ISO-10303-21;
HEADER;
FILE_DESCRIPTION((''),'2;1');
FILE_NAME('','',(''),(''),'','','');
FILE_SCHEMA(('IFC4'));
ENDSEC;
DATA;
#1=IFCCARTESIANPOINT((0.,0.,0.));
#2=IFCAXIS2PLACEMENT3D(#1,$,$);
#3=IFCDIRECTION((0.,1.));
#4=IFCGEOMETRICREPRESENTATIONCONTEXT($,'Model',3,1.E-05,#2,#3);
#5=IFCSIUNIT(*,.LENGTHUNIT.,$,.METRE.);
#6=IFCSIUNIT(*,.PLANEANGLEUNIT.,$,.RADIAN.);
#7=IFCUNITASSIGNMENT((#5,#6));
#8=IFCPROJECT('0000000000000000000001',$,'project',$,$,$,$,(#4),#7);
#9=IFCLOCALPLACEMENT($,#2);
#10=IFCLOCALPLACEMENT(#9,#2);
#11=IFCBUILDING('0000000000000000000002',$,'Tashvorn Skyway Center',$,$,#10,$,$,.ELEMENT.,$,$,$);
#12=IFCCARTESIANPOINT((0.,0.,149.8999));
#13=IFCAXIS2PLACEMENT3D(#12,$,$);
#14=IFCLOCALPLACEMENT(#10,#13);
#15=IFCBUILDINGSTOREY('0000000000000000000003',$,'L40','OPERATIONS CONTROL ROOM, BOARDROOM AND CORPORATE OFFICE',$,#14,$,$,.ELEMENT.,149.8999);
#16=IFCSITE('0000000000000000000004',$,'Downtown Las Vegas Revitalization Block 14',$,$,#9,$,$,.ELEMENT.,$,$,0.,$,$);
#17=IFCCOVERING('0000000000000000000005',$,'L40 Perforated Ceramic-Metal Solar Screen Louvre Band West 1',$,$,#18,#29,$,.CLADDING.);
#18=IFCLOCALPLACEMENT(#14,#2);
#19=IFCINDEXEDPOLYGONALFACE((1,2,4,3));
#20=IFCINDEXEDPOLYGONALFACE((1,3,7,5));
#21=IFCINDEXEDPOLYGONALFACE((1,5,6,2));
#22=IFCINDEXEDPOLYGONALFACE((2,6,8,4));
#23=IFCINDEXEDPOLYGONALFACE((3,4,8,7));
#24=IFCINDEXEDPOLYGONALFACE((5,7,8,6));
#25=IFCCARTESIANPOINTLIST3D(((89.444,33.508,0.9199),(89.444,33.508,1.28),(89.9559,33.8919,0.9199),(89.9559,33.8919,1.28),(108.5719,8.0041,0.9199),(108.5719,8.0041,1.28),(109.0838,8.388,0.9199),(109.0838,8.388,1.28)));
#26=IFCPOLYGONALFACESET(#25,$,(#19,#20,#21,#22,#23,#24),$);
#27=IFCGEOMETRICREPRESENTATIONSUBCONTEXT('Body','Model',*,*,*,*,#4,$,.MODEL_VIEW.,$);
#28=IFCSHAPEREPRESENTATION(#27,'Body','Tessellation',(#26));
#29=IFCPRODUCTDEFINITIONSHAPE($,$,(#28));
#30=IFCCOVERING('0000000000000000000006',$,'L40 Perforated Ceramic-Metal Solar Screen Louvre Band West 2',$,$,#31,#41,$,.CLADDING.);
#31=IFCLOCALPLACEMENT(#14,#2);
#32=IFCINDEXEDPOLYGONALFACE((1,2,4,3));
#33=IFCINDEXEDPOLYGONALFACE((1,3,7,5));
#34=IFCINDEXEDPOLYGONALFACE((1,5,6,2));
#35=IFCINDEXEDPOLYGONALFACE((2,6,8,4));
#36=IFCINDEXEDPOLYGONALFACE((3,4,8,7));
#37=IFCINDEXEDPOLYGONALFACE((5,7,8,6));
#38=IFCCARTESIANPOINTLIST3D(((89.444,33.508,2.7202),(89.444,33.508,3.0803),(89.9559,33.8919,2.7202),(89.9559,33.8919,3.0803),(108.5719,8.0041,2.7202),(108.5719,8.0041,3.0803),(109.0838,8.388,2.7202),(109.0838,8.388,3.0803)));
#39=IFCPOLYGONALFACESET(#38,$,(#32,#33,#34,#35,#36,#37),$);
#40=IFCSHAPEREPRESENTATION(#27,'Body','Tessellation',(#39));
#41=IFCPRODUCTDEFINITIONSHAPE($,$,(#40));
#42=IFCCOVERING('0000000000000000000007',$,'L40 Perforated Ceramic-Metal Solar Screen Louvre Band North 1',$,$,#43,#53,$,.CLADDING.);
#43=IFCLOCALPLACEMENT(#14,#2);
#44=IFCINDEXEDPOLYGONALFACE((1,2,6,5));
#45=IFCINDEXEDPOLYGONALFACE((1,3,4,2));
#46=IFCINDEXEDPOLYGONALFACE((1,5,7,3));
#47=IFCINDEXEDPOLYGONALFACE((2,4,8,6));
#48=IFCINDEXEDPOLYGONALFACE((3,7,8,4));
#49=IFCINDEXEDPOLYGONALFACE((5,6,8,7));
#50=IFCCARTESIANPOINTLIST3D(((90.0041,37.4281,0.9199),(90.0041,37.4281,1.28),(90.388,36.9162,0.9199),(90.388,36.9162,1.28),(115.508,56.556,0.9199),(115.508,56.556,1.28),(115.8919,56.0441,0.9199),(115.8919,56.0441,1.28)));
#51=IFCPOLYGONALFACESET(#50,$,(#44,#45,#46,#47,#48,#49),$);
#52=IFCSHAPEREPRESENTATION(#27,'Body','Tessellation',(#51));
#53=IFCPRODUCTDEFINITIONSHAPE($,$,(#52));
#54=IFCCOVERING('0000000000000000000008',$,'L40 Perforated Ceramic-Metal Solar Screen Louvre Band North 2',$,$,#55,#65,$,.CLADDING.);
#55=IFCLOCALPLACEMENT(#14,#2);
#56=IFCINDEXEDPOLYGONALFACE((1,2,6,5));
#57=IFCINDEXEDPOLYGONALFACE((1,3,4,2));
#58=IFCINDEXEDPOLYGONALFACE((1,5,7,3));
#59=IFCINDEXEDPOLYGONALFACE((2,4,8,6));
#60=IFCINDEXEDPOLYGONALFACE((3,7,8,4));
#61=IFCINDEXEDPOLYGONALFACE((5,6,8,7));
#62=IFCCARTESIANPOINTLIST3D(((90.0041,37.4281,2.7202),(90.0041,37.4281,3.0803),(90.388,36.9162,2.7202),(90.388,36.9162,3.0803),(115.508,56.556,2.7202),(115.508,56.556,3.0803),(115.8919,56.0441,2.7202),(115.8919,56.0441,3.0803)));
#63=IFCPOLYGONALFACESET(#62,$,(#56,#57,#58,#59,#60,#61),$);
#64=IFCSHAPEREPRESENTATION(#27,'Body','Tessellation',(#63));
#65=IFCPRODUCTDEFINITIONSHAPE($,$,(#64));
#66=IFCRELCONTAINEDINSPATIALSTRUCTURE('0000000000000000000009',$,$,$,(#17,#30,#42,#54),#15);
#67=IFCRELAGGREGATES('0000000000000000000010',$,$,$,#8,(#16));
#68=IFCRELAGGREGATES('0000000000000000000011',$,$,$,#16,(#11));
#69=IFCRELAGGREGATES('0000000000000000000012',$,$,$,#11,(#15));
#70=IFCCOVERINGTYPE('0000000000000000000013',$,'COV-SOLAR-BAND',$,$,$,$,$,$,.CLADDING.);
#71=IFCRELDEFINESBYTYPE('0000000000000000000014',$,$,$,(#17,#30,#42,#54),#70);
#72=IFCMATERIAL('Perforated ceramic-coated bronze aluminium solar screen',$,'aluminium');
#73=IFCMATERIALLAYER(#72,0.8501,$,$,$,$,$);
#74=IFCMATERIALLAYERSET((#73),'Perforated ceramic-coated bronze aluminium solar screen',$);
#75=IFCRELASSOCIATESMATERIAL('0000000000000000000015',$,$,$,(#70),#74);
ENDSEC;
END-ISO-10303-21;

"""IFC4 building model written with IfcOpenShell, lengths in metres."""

from ifc_helpers import new_model, si_unit, direction, frame, origin, origin_2d, place, context, subcontext, project, spatial, rectangle, extrude, material, layer, layer_set, type_object, element, save


model = new_model("IFC4")

# Units and contexts
model_context = context("Model", 3, precision=1e-05, world=origin(), true_north=direction((0.0, 1.0)))
body_context = subcontext(model_context, "Body", "Model", "MODEL_VIEW")
ifc_project = project(units=[si_unit("LENGTHUNIT", "METRE"), si_unit("PLANEANGLEUNIT", "RADIAN")], contexts=[model_context])

# Site, building, storey
site_placement = place(None, origin())
site = spatial("IfcSite", under=ifc_project, at=site_placement, Name="Downtown Las Vegas Revitalization Block 14", CompositionType="ELEMENT", RefElevation=0.0)
building_placement = place(site_placement, origin())
building = spatial("IfcBuilding", under=site, at=building_placement, Name="Tashvorn Skyway Center", CompositionType="ELEMENT")
storey_placement = place(building_placement, frame((0.0, 0.0, 149.8999)))
storey = spatial("IfcBuildingStorey", under=building, at=storey_placement, Name="L40", Description="OPERATIONS CONTROL ROOM, BOARDROOM AND CORPORATE OFFICE", CompositionType="ELEMENT", Elevation=149.8999)

# Coverings
ifc_material_1 = material(Name="Perforated ceramic-coated bronze aluminium solar screen", Category="aluminium")
ifc_layer_1 = layer(ifc_material_1, 0.8501)
ifc_layer_set_1 = layer_set([ifc_layer_1], Name="Perforated ceramic-coated bronze aluminium solar screen")
covering_type = type_object("IfcCoveringType", Name="COV-SOLAR-BAND", PredefinedType="CLADDING", material=ifc_layer_set_1)
for number, where, z_axis, x_axis, name in (
    (1, (99.2639, 20.948, 0.9199), (0.0, 0.0, 1.0), (-0.6, 0.8, 0.0), "L40 Perforated Ceramic-Metal Solar Screen Louvre Band West 1"),
    (2, (99.2639, 20.948, 2.7202), (0.0, 0.0, 1.0), (-0.6, 0.8, 0.0), "L40 Perforated Ceramic-Metal Solar Screen Louvre Band West 2"),
    (3, (102.948, 46.7361, 0.9199), (0.0, 0.0, 1.0), (0.8, 0.6, 0.0), "L40 Perforated Ceramic-Metal Solar Screen Louvre Band North 1"),
    (4, (102.948, 46.7361, 2.7202), (0.0, 0.0, 1.0), (0.8, 0.6, 0.0), "L40 Perforated Ceramic-Metal Solar Screen Louvre Band North 2"),
):
    element("IfcCovering", number, at=place(storey_placement, frame(where, z_axis=z_axis, x_axis=x_axis)), inside=storey, type_object=covering_type, Name=name, PredefinedType="CLADDING", context=body_context, shape_type="SweptSolid", body=[
        extrude(rectangle(XDim=31.8799, YDim=0.6399, at=origin_2d()), origin(), (0.0, 0.0, 1.0), 0.3601),
    ])

save(model, "model.ifc")
